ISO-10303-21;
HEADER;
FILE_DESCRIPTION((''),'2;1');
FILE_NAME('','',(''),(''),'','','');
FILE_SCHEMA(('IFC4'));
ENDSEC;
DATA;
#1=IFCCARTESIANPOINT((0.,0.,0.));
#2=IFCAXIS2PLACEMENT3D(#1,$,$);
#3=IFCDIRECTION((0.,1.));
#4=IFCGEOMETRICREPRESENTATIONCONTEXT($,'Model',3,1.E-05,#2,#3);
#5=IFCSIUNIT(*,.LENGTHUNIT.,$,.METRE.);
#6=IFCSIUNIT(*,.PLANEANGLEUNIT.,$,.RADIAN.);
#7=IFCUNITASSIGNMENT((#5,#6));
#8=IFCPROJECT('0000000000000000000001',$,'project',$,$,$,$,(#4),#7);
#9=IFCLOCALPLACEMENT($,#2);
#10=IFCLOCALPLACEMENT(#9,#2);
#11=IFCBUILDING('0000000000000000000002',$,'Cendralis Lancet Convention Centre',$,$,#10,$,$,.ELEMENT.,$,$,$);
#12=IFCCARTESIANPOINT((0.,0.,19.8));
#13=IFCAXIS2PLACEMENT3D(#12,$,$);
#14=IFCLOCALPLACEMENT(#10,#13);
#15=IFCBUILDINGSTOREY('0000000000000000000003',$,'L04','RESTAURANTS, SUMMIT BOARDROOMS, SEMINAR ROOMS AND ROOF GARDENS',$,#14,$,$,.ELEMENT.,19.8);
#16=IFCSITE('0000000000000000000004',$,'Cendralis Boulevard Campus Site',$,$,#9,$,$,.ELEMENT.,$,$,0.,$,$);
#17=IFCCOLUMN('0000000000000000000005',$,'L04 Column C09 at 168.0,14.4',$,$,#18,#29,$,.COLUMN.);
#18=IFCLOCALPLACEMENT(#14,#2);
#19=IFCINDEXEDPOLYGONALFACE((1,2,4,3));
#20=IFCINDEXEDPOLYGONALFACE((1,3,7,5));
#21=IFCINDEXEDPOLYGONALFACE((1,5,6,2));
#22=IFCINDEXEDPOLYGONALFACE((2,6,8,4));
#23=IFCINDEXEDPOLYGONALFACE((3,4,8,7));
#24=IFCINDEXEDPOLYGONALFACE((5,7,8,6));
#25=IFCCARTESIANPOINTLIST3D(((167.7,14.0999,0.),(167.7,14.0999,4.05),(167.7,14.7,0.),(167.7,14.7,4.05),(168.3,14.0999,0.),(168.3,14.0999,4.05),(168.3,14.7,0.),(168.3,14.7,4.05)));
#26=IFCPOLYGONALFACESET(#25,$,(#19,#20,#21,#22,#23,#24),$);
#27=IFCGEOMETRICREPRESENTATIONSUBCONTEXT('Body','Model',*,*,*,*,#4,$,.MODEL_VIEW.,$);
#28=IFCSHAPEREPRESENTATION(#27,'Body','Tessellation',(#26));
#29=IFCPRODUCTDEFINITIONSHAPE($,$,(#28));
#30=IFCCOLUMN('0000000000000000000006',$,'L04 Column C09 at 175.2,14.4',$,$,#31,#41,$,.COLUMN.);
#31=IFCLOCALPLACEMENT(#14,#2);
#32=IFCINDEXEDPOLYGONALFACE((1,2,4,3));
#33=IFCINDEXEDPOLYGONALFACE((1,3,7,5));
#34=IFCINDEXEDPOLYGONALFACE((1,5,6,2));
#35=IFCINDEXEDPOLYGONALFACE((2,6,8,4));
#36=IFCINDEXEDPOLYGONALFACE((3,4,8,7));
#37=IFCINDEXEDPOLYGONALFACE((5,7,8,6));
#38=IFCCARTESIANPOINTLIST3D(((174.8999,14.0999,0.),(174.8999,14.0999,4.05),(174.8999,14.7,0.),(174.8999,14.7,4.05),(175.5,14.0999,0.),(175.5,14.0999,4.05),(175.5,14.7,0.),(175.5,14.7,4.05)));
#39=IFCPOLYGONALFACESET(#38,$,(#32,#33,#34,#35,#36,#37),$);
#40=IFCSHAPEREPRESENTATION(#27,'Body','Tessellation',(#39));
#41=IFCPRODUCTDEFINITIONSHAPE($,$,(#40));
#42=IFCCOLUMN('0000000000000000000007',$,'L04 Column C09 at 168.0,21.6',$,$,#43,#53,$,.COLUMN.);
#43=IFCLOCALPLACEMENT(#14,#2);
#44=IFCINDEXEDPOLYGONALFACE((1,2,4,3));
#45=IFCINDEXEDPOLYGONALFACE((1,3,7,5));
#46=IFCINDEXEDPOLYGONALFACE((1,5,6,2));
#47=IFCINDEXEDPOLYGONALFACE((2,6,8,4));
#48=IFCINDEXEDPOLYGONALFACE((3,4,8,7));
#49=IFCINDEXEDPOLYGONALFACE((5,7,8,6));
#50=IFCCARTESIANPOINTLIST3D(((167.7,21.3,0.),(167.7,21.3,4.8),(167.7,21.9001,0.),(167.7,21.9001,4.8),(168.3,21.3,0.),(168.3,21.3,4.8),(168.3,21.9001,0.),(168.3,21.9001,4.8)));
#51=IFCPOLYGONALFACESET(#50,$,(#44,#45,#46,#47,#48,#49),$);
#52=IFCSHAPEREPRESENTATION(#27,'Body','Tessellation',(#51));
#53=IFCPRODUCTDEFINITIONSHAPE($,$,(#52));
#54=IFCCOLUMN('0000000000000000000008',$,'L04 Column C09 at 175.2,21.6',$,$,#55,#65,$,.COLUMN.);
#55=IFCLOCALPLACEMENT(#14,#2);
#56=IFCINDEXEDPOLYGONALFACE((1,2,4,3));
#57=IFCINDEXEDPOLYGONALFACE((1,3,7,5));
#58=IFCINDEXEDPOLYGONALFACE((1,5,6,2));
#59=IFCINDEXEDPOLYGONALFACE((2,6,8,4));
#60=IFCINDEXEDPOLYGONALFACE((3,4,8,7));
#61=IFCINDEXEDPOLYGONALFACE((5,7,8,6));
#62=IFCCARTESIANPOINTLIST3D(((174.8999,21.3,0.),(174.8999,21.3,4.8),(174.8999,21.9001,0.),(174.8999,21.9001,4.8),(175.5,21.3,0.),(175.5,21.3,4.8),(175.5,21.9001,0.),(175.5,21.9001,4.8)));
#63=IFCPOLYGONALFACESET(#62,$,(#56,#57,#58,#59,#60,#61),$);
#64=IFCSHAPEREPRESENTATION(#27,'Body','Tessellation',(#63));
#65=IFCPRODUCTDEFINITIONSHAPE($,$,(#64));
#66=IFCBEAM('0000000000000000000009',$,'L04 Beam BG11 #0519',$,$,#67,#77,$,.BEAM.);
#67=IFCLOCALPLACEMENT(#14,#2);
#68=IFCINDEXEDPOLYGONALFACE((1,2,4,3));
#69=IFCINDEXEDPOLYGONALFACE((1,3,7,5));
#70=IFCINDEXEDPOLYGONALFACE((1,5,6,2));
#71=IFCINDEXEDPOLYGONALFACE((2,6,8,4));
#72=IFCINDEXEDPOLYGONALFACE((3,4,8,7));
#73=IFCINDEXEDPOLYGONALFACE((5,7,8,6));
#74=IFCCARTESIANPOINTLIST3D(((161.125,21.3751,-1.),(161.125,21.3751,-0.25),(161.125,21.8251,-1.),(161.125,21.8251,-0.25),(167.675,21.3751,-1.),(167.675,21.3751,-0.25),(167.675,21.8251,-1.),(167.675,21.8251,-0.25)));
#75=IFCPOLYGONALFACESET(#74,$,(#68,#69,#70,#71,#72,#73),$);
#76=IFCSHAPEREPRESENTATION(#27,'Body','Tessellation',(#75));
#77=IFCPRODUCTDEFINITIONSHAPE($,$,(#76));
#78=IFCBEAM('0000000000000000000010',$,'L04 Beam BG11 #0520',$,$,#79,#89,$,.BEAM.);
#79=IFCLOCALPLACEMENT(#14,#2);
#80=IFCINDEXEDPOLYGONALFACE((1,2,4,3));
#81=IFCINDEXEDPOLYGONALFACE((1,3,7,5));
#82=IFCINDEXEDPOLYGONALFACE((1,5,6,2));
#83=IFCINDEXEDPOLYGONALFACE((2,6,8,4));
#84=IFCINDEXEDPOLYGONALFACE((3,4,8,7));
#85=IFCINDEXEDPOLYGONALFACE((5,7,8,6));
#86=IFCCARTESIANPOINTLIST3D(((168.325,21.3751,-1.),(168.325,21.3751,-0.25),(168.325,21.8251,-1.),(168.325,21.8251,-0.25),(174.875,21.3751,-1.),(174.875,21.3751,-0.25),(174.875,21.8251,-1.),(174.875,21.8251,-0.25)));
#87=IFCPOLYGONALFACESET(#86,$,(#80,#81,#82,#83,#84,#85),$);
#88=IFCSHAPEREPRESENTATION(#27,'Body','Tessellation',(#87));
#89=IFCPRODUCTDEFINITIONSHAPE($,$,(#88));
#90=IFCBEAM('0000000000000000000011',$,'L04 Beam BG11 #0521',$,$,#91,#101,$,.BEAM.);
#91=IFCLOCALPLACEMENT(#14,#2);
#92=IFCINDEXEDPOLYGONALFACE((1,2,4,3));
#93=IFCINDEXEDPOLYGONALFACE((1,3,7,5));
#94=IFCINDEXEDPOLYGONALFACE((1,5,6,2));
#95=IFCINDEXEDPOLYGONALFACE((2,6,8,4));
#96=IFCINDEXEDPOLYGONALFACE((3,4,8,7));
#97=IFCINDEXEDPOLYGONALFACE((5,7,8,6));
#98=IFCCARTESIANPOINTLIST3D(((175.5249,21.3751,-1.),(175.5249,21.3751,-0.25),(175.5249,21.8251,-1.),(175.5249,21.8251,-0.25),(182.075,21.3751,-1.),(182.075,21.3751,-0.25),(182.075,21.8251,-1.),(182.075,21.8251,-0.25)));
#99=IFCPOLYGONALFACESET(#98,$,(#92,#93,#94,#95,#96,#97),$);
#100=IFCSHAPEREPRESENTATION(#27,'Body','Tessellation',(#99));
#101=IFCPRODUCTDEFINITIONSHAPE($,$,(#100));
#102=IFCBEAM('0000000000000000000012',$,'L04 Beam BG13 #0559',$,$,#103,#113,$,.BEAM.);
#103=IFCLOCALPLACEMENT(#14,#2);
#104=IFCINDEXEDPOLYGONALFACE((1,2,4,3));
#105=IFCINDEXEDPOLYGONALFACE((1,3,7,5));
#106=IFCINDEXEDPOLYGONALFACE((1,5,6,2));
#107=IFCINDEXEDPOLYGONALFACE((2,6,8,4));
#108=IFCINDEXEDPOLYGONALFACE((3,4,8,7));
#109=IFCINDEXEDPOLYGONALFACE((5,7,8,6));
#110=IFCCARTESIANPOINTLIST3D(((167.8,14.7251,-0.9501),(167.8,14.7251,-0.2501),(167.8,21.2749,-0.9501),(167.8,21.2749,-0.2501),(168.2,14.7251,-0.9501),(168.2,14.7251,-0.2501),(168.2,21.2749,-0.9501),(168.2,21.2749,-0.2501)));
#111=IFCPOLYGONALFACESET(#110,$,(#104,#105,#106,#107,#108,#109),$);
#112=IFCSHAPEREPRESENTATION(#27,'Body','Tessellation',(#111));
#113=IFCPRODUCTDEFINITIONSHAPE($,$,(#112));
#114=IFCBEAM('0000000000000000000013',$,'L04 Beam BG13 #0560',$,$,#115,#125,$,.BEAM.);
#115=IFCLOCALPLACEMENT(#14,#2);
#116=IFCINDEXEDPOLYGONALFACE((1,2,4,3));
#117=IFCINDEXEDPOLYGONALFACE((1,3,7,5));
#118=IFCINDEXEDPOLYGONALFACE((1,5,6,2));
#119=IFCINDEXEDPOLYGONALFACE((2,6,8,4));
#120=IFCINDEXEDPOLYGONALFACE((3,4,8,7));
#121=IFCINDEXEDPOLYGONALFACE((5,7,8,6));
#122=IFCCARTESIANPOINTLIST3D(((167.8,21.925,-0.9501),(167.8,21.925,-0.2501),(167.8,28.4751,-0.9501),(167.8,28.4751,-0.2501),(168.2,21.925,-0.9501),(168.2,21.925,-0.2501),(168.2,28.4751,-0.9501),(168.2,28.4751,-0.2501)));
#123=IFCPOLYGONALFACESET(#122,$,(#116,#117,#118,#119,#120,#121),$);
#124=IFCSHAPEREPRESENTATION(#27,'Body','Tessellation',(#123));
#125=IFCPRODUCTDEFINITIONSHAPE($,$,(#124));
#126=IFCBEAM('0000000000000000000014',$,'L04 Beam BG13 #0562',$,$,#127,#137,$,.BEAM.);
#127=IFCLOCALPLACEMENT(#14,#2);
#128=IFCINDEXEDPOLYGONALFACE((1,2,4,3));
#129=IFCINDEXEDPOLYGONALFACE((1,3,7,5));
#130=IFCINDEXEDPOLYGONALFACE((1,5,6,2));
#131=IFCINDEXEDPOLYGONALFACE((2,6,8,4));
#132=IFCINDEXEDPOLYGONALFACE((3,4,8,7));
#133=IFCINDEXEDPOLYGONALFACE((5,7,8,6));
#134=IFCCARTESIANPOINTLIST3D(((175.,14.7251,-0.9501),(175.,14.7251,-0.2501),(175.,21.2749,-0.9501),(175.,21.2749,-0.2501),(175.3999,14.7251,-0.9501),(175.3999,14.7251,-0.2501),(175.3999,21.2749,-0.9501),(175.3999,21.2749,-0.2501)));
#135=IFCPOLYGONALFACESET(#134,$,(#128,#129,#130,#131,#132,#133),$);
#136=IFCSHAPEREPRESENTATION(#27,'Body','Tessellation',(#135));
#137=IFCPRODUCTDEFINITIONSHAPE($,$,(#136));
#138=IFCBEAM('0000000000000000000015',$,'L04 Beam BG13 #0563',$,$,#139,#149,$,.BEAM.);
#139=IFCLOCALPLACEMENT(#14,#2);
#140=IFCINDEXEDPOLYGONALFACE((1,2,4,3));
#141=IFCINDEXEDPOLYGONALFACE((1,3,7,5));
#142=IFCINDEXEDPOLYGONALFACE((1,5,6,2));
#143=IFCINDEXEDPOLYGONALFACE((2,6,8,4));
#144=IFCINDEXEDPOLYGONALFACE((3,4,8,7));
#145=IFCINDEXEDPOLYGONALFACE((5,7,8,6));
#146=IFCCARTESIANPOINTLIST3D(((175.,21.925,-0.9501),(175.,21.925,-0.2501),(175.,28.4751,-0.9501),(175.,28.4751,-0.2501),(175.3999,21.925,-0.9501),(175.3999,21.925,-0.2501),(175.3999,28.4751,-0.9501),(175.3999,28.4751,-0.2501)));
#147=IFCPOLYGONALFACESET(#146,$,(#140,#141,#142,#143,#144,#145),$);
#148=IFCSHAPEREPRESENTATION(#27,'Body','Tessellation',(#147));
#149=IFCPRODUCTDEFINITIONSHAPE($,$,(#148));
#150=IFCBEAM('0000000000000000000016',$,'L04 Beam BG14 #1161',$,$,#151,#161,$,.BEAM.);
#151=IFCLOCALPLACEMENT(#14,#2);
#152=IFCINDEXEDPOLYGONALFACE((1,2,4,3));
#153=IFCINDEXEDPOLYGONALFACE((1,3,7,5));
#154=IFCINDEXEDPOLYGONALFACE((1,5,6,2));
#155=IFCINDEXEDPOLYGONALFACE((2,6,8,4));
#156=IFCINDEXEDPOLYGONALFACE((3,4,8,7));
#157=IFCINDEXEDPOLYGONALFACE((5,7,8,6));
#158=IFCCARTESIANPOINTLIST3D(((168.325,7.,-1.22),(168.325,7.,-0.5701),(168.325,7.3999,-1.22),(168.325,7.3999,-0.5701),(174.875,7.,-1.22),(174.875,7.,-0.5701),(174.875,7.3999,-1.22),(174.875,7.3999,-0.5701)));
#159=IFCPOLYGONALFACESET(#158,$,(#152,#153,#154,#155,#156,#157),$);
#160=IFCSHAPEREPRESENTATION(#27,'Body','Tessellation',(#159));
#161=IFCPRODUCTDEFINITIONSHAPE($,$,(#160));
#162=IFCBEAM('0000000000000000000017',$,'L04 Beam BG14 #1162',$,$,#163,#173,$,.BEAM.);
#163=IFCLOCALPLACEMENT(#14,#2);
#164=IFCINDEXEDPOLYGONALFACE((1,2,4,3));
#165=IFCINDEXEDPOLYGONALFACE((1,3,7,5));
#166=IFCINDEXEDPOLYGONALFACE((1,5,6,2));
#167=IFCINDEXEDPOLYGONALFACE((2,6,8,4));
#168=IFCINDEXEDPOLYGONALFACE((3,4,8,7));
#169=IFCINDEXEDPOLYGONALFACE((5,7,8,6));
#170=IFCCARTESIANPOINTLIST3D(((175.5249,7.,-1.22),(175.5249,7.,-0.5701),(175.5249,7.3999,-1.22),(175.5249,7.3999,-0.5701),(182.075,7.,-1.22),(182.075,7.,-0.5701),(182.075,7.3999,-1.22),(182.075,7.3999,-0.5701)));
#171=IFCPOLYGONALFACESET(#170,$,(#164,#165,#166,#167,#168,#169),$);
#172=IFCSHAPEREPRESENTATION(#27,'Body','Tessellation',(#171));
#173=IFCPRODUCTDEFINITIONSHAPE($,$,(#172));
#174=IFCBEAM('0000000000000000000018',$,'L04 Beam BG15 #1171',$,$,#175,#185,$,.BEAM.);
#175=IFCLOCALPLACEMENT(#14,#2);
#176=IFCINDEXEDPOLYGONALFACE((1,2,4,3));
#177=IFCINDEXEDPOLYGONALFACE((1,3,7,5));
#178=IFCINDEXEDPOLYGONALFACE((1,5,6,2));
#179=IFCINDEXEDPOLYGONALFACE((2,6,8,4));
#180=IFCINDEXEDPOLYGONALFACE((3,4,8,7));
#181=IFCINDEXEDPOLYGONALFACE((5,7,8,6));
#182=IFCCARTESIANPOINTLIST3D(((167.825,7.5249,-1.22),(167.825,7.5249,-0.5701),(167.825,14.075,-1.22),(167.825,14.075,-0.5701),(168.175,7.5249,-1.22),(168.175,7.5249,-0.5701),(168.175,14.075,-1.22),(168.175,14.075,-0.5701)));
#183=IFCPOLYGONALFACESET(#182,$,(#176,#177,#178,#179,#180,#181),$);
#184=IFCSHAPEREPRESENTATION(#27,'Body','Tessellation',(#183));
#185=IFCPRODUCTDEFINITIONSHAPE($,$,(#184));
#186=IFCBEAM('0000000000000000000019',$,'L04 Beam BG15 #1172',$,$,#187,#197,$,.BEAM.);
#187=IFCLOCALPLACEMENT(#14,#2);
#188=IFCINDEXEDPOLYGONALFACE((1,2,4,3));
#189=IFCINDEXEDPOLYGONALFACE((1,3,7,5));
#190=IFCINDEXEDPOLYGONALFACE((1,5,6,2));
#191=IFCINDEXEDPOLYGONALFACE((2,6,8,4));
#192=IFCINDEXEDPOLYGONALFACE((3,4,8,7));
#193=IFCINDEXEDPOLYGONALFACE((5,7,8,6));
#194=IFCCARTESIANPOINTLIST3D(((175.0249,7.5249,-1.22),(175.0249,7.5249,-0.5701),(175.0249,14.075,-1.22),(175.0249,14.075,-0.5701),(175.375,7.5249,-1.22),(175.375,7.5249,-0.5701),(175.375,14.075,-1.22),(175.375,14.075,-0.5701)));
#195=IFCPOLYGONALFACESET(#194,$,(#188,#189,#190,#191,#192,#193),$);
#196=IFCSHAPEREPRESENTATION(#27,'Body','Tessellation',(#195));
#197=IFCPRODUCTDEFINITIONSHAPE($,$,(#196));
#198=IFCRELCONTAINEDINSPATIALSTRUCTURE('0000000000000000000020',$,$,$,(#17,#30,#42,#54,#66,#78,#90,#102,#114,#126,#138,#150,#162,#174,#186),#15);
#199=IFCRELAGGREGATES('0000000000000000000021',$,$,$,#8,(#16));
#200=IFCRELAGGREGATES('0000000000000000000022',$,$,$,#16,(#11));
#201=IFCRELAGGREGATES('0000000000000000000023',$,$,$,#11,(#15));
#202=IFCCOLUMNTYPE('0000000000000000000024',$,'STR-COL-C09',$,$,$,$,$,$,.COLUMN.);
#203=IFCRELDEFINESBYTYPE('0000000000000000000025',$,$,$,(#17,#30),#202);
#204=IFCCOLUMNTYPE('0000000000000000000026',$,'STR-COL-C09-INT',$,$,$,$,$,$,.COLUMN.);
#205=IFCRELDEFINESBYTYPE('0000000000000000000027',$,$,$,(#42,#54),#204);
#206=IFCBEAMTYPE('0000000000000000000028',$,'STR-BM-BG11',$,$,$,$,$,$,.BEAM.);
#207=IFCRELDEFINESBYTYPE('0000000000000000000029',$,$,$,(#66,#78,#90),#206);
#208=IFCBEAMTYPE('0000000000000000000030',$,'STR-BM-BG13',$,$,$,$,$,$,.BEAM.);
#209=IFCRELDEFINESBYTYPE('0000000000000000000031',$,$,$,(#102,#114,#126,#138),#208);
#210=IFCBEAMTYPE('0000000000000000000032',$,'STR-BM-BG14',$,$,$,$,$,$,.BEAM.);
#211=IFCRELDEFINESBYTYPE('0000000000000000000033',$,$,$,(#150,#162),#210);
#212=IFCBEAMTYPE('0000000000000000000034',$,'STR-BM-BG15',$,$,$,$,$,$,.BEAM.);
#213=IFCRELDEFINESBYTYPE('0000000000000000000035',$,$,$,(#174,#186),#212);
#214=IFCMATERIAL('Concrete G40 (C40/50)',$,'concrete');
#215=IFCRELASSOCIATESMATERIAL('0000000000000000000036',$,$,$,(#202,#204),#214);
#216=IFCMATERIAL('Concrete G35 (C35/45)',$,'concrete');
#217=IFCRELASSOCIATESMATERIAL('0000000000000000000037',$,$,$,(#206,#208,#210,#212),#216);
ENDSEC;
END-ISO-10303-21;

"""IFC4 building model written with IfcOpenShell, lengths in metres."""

from ifc_helpers import new_model, si_unit, direction, frame, origin, origin_2d, place, context, subcontext, project, spatial, rectangle, extrude, material, material_profile, profile_set, type_object, element, save


model = new_model("IFC4")

# Units and contexts
model_context = context("Model", 3, precision=1e-05, world=origin(), true_north=direction((0.0, 1.0)))
body_context = subcontext(model_context, "Body", "Model", "MODEL_VIEW")
ifc_project = project(units=[si_unit("LENGTHUNIT", "METRE"), si_unit("PLANEANGLEUNIT", "RADIAN")], contexts=[model_context])

# Site, building, storey
site_placement = place(None, origin())
site = spatial("IfcSite", under=ifc_project, at=site_placement, Name="Cendralis Boulevard Campus Site", CompositionType="ELEMENT", RefElevation=0.0)
building_placement = place(site_placement, origin())
building = spatial("IfcBuilding", under=site, at=building_placement, Name="Cendralis Lancet Convention Centre", CompositionType="ELEMENT")
storey_placement = place(building_placement, frame((0.0, 0.0, 19.8)))
storey = spatial("IfcBuildingStorey", under=building, at=storey_placement, Name="L04", Description="RESTAURANTS, SUMMIT BOARDROOMS, SEMINAR ROOMS AND ROOF GARDENS", CompositionType="ELEMENT", Elevation=19.8)

# Columns
ifc_material_1 = material(Name="Concrete G40 (C40/50)", Category="concrete")
ifc_material_profile_1 = material_profile(ifc_material_1, rectangle(XDim=0.6001, YDim=0.6001, at=origin_2d()), Name="RC 600x600")
ifc_profile_set_1 = profile_set([ifc_material_profile_1], Name="Concrete G40 (C40/50)")
column_type_1 = type_object("IfcColumnType", Name="STR-COL-C09", PredefinedType="COLUMN", material=ifc_profile_set_1)
for number, where, z_axis, x_axis, name in (
    (1, (168.0, 14.3999, 0.0), (0.0, 0.0, 1.0), (1.0, 0.0, 0.0), "L04 Column C09 at 168.0,14.4"),
    (2, (175.2, 14.3999, 0.0), (0.0, 0.0, 1.0), (1.0, 0.0, 0.0), "L04 Column C09 at 175.2,14.4"),
):
    element("IfcColumn", number, at=place(storey_placement, frame(where, z_axis=z_axis, x_axis=x_axis)), inside=storey, type_object=column_type_1, Name=name, PredefinedType="COLUMN", context=body_context, shape_type="SweptSolid", body=[
        extrude(rectangle(XDim=0.6001, YDim=0.6001, at=origin_2d()), origin(), (0.0, 0.0, 1.0), 4.05),
    ])
ifc_material_profile_2 = material_profile(ifc_material_1, rectangle(XDim=0.6001, YDim=0.6001, at=origin_2d()), Name="RC 600x600")
ifc_profile_set_2 = profile_set([ifc_material_profile_2], Name="Concrete G40 (C40/50)")
column_type_2 = type_object("IfcColumnType", Name="STR-COL-C09-INT", PredefinedType="COLUMN", material=ifc_profile_set_2)
for number, where, z_axis, x_axis, name in (
    (3, (168.0, 21.6001, 0.0), (0.0, 0.0, 1.0), (1.0, 0.0, 0.0), "L04 Column C09 at 168.0,21.6"),
    (4, (175.2, 21.6001, 0.0), (0.0, 0.0, 1.0), (1.0, 0.0, 0.0), "L04 Column C09 at 175.2,21.6"),
):
    element("IfcColumn", number, at=place(storey_placement, frame(where, z_axis=z_axis, x_axis=x_axis)), inside=storey, type_object=column_type_2, Name=name, PredefinedType="COLUMN", context=body_context, shape_type="SweptSolid", body=[
        extrude(rectangle(XDim=0.6001, YDim=0.6001, at=origin_2d()), origin(), (0.0, 0.0, 1.0), 4.8),
    ])

# Beams
ifc_material_2 = material(Name="Concrete G35 (C35/45)", Category="concrete")
ifc_material_profile_3 = material_profile(ifc_material_2, rectangle(XDim=0.45, YDim=0.75, at=origin_2d()), Name="RCB 450x750")
ifc_profile_set_3 = profile_set([ifc_material_profile_3], Name="Concrete G35 (C35/45)")
beam_type_1 = type_object("IfcBeamType", Name="STR-BM-BG11", PredefinedType="BEAM", material=ifc_profile_set_3)
for number, where, z_axis, x_axis, name in (
    (5, (161.125, 21.6001, -0.625), (1.0, 0.0, 0.0), (0.0, 1.0, 0.0), "L04 Beam BG11 #0519"),
    (6, (168.325, 21.6001, -0.625), (1.0, 0.0, 0.0), (0.0, 1.0, 0.0), "L04 Beam BG11 #0520"),
    (7, (175.5249, 21.6001, -0.625), (1.0, 0.0, 0.0), (0.0, 1.0, 0.0), "L04 Beam BG11 #0521"),
):
    element("IfcBeam", number, at=place(storey_placement, frame(where, z_axis=z_axis, x_axis=x_axis)), inside=storey, type_object=beam_type_1, Name=name, PredefinedType="BEAM", context=body_context, shape_type="SweptSolid", body=[
        extrude(rectangle(XDim=0.45, YDim=0.75, at=origin_2d()), origin(), (0.0, 0.0, 1.0), 6.55),
    ])
ifc_material_profile_4 = material_profile(ifc_material_2, rectangle(XDim=0.3999, YDim=0.7, at=origin_2d()), Name="RCB 400x700")
ifc_profile_set_4 = profile_set([ifc_material_profile_4], Name="Concrete G35 (C35/45)")
beam_type_2 = type_object("IfcBeamType", Name="STR-BM-BG13", PredefinedType="BEAM", material=ifc_profile_set_4)
beam_1_placement = place(storey_placement, frame((168.0, 14.7251, -0.6001), z_axis=(0.0, 1.0, 0.0), x_axis=(-1.0, 0.0, 0.0)))
element("IfcBeam", 8, at=beam_1_placement, inside=storey, type_object=beam_type_2, Name="L04 Beam BG13 #0559", PredefinedType="BEAM", context=body_context, shape_type="SweptSolid", body=[
    extrude(rectangle(XDim=0.3999, YDim=0.7, at=origin_2d()), origin(), (0.0, 0.0, 1.0), 6.5498),
])
beam_2_placement = place(storey_placement, frame((168.0, 21.925, -0.6001), z_axis=(0.0, 1.0, 0.0), x_axis=(-1.0, 0.0, 0.0)))
element("IfcBeam", 9, at=beam_2_placement, inside=storey, type_object=beam_type_2, Name="L04 Beam BG13 #0560", PredefinedType="BEAM", context=body_context, shape_type="SweptSolid", body=[
    extrude(rectangle(XDim=0.3999, YDim=0.7, at=origin_2d()), origin(), (0.0, 0.0, 1.0), 6.55),
])
beam_3_placement = place(storey_placement, frame((175.2, 14.7251, -0.6001), z_axis=(0.0, 1.0, 0.0), x_axis=(-1.0, 0.0, 0.0)))
element("IfcBeam", 10, at=beam_3_placement, inside=storey, type_object=beam_type_2, Name="L04 Beam BG13 #0562", PredefinedType="BEAM", context=body_context, shape_type="SweptSolid", body=[
    extrude(rectangle(XDim=0.3999, YDim=0.7, at=origin_2d()), origin(), (0.0, 0.0, 1.0), 6.5498),
])
beam_4_placement = place(storey_placement, frame((175.2, 21.925, -0.6001), z_axis=(0.0, 1.0, 0.0), x_axis=(-1.0, 0.0, 0.0)))
element("IfcBeam", 11, at=beam_4_placement, inside=storey, type_object=beam_type_2, Name="L04 Beam BG13 #0563", PredefinedType="BEAM", context=body_context, shape_type="SweptSolid", body=[
    extrude(rectangle(XDim=0.3999, YDim=0.7, at=origin_2d()), origin(), (0.0, 0.0, 1.0), 6.55),
])
ifc_material_profile_5 = material_profile(ifc_material_2, rectangle(XDim=0.3999, YDim=0.6499, at=origin_2d()), Name="RCB 400x650")
ifc_profile_set_5 = profile_set([ifc_material_profile_5], Name="Concrete G35 (C35/45)")
beam_type_3 = type_object("IfcBeamType", Name="STR-BM-BG14", PredefinedType="BEAM", material=ifc_profile_set_5)
for number, where, z_axis, x_axis, name in (
    (12, (168.325, 7.2, -0.895), (1.0, 0.0, 0.0), (0.0, 1.0, 0.0), "L04 Beam BG14 #1161"),
    (13, (175.5249, 7.2, -0.895), (1.0, 0.0, 0.0), (0.0, 1.0, 0.0), "L04 Beam BG14 #1162"),
):
    element("IfcBeam", number, at=place(storey_placement, frame(where, z_axis=z_axis, x_axis=x_axis)), inside=storey, type_object=beam_type_3, Name=name, PredefinedType="BEAM", context=body_context, shape_type="SweptSolid", body=[
        extrude(rectangle(XDim=0.3999, YDim=0.6499, at=origin_2d()), origin(), (0.0, 0.0, 1.0), 6.55),
    ])
ifc_material_profile_6 = material_profile(ifc_material_2, rectangle(XDim=0.3501, YDim=0.6499, at=origin_2d()), Name="RCB 350x650")
ifc_profile_set_6 = profile_set([ifc_material_profile_6], Name="Concrete G35 (C35/45)")
beam_type_4 = type_object("IfcBeamType", Name="STR-BM-BG15", PredefinedType="BEAM", material=ifc_profile_set_6)
for number, where, z_axis, x_axis, name in (
    (14, (168.0, 7.5249, -0.895), (0.0, 1.0, 0.0), (-1.0, 0.0, 0.0), "L04 Beam BG15 #1171"),
    (15, (175.2, 7.5249, -0.895), (0.0, 1.0, 0.0), (-1.0, 0.0, 0.0), "L04 Beam BG15 #1172"),
):
    element("IfcBeam", number, at=place(storey_placement, frame(where, z_axis=z_axis, x_axis=x_axis)), inside=storey, type_object=beam_type_4, Name=name, PredefinedType="BEAM", context=body_context, shape_type="SweptSolid", body=[
        extrude(rectangle(XDim=0.3501, YDim=0.6499, at=origin_2d()), origin(), (0.0, 0.0, 1.0), 6.55),
    ])

save(model, "model.ifc")
